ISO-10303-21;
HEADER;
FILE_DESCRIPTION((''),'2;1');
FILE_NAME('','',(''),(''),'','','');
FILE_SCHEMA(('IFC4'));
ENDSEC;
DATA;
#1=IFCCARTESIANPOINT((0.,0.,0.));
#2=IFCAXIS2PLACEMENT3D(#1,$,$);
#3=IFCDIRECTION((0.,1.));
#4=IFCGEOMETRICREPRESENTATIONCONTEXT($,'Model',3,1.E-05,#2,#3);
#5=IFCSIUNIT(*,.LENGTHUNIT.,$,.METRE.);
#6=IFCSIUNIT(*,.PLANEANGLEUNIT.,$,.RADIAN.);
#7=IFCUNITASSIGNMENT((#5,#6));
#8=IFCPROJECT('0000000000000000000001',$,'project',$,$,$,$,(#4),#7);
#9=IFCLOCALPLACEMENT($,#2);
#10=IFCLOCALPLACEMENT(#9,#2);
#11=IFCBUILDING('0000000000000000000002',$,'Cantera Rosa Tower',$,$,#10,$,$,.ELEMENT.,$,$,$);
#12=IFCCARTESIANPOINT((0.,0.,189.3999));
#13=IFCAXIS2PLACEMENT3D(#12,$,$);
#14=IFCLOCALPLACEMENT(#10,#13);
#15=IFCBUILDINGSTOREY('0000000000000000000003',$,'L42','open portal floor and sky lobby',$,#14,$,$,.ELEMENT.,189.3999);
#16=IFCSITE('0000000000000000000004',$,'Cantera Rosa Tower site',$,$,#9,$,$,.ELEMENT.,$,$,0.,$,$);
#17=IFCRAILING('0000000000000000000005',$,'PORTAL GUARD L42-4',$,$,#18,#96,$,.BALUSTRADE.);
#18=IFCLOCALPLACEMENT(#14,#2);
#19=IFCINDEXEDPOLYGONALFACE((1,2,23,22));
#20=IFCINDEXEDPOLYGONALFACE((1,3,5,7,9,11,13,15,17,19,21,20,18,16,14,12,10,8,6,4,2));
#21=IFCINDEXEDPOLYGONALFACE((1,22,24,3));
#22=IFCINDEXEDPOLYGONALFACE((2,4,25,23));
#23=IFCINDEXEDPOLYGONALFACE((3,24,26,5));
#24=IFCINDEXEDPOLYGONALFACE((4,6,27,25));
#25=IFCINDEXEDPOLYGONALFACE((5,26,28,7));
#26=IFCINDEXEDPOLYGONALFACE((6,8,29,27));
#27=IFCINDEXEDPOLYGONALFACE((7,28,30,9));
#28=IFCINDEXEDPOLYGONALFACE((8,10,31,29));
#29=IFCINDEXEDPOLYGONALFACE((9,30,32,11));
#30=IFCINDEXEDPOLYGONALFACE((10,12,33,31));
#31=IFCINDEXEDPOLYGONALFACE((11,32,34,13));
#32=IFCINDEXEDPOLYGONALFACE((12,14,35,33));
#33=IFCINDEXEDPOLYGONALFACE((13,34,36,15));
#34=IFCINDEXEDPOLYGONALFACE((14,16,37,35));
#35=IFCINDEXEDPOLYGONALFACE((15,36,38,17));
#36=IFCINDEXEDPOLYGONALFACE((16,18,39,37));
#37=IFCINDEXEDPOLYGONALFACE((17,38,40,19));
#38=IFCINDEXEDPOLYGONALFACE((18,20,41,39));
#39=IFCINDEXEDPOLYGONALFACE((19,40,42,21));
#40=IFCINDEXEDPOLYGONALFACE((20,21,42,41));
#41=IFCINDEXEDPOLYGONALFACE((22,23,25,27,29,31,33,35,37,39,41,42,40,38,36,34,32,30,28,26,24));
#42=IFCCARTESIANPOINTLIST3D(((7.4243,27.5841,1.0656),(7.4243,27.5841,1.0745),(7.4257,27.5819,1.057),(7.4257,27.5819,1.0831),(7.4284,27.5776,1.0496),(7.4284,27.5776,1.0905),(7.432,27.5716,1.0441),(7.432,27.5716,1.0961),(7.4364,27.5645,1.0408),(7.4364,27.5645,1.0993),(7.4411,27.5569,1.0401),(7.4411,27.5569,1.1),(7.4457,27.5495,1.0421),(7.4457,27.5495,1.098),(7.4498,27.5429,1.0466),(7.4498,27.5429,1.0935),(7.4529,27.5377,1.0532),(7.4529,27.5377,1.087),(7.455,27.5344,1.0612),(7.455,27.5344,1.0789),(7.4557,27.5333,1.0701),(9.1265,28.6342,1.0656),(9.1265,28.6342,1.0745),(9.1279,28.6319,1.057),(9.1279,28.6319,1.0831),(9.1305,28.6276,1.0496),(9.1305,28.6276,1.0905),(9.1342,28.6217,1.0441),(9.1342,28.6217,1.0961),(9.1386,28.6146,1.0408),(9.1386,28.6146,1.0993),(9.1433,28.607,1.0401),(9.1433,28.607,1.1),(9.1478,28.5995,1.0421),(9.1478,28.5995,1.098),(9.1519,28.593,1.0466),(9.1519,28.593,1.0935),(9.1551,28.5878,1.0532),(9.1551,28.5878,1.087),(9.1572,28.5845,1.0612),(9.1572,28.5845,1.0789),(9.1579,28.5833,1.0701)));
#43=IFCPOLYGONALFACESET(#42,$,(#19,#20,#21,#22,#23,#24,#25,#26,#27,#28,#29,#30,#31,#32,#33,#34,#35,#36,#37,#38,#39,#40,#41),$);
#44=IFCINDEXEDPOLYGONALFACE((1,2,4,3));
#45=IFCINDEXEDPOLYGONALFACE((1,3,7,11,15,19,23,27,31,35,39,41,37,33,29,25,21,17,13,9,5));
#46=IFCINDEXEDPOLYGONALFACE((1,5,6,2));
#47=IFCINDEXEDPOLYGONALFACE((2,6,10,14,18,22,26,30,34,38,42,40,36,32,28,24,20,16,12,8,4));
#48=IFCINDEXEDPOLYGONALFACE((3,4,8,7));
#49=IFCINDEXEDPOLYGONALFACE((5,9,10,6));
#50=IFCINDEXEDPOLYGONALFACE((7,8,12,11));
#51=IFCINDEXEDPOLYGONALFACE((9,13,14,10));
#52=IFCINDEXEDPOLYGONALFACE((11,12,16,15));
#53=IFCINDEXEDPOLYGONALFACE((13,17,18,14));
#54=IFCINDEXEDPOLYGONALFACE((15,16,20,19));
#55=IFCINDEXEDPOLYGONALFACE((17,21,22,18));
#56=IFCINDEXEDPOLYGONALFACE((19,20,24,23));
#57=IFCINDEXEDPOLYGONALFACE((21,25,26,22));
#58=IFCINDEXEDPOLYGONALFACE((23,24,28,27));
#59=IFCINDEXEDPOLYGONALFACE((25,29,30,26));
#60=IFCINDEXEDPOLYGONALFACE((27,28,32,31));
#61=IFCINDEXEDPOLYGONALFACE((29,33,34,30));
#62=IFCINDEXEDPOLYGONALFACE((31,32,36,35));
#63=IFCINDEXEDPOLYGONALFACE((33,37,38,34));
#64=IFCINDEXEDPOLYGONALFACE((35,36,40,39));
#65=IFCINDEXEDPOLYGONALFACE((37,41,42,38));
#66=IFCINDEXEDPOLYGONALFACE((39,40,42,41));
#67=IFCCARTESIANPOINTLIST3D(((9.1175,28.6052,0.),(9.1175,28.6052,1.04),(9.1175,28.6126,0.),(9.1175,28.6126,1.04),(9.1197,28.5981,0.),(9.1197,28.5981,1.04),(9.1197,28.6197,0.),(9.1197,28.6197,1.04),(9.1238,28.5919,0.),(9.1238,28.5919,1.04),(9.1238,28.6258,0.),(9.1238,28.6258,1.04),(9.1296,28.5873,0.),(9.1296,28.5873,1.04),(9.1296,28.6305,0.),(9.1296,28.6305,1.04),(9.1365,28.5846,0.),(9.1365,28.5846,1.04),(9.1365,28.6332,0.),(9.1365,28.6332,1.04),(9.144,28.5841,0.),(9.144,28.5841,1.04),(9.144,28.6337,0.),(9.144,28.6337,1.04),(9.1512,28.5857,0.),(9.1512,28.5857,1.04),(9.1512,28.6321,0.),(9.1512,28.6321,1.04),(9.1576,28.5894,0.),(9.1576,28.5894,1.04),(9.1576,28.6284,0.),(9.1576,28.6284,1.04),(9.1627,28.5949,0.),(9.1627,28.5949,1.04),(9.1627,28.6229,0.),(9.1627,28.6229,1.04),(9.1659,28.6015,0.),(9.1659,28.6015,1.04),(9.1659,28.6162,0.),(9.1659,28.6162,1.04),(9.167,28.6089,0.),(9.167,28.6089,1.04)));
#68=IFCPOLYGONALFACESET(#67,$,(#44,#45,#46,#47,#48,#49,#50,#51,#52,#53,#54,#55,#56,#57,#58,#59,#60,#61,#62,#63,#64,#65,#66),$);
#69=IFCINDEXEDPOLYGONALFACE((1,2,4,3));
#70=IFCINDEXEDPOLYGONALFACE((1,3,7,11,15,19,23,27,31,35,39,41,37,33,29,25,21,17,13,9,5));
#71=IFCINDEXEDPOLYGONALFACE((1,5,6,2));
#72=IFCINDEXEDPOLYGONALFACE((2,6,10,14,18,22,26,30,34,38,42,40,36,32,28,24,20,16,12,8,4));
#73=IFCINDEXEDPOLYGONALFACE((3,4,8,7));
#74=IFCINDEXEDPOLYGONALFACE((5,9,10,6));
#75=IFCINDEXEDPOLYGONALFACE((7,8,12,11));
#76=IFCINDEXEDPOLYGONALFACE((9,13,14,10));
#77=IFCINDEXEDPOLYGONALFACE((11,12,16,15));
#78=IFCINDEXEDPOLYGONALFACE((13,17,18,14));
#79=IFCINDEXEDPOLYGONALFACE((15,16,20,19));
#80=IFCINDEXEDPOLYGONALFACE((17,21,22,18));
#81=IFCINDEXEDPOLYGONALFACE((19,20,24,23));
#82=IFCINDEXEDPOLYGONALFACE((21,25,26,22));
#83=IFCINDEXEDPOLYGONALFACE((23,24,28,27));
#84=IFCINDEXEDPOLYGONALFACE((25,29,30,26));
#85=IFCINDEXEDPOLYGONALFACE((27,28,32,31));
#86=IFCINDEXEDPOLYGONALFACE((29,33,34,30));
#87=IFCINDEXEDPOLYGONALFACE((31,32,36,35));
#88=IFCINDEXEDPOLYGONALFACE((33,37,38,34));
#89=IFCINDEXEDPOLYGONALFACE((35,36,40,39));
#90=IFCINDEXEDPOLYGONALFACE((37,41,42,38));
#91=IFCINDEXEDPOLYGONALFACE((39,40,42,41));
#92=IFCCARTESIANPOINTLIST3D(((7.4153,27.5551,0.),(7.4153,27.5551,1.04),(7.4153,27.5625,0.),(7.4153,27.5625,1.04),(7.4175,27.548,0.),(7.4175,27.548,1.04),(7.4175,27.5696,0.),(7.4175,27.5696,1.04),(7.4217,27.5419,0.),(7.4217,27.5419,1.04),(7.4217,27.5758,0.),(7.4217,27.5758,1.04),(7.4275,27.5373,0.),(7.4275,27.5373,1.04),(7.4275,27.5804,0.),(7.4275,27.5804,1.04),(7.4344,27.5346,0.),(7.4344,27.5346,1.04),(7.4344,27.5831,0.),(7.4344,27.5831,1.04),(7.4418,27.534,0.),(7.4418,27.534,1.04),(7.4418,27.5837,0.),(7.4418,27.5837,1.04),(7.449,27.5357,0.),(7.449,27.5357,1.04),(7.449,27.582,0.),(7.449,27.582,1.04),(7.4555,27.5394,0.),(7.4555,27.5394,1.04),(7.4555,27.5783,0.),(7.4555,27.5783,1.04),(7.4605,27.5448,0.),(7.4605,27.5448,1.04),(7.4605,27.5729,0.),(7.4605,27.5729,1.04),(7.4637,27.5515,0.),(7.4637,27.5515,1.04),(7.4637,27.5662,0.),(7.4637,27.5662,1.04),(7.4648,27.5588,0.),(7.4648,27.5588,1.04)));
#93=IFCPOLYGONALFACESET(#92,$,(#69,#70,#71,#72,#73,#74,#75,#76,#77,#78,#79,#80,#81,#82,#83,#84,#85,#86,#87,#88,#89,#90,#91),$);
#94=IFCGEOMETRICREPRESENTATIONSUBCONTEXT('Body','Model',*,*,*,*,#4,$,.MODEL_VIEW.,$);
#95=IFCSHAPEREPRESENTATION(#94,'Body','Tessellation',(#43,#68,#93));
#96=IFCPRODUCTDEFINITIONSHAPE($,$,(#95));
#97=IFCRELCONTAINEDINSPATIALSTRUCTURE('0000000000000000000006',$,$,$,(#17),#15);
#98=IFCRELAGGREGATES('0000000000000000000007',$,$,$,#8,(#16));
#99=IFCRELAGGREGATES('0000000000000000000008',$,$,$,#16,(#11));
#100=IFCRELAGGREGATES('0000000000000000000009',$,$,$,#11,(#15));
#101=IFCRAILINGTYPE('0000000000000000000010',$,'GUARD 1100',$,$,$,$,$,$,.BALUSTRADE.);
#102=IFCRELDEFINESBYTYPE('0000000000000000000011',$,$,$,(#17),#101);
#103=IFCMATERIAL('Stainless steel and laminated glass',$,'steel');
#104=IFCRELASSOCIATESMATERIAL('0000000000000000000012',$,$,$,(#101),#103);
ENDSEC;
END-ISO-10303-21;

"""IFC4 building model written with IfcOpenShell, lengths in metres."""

from ifc_helpers import new_model, si_unit, direction, frame, origin, origin_2d, place, context, subcontext, project, spatial, circle, extrude, material, type_object, element, save


model = new_model("IFC4")

# Units and contexts
model_context = context("Model", 3, precision=1e-05, world=origin(), true_north=direction((0.0, 1.0)))
body_context = subcontext(model_context, "Body", "Model", "MODEL_VIEW")
ifc_project = project(units=[si_unit("LENGTHUNIT", "METRE"), si_unit("PLANEANGLEUNIT", "RADIAN")], contexts=[model_context])

# Site, building, storey
site_placement = place(None, origin())
site = spatial("IfcSite", under=ifc_project, at=site_placement, Name="Cantera Rosa Tower site", CompositionType="ELEMENT", RefElevation=0.0)
building_placement = place(site_placement, origin())
building = spatial("IfcBuilding", under=site, at=building_placement, Name="Cantera Rosa Tower", CompositionType="ELEMENT")
storey_placement = place(building_placement, frame((0.0, 0.0, 189.3999)))
storey = spatial("IfcBuildingStorey", under=building, at=storey_placement, Name="L42", Description="open portal floor and sky lobby", CompositionType="ELEMENT", Elevation=189.3999)

# Railing
ifc_material_1 = material(Name="Stainless steel and laminated glass", Category="steel")
railing_type_1 = type_object("IfcRailingType", Name="GUARD 1100", PredefinedType="BALUSTRADE", material=ifc_material_1)
railing_1_placement = place(storey_placement, frame((9.1421, 28.6089, 0.0)))
element("IfcRailing", 1, at=railing_1_placement, inside=storey, type_object=railing_type_1, Name="PORTAL GUARD L42-4", PredefinedType="BALUSTRADE", context=body_context, shape_type="SweptSolid", body=[
    extrude(circle(Radius=0.03, at=origin_2d()), frame((0.0, 0.0, 1.0701), z_axis=(-0.851084, -0.52503, 0.0), x_axis=(0.52503, -0.851084, 0.0)), (0.0, 0.0, 1.0), 2.0),
    extrude(circle(Radius=0.0249, at=origin_2d()), origin(), (0.0, 0.0, 1.0), 1.04),
    extrude(circle(Radius=0.0249, at=origin_2d()), frame((-1.7021, -1.05, 0.0)), (0.0, 0.0, 1.0), 1.04),
])

save(model, "model.ifc")
